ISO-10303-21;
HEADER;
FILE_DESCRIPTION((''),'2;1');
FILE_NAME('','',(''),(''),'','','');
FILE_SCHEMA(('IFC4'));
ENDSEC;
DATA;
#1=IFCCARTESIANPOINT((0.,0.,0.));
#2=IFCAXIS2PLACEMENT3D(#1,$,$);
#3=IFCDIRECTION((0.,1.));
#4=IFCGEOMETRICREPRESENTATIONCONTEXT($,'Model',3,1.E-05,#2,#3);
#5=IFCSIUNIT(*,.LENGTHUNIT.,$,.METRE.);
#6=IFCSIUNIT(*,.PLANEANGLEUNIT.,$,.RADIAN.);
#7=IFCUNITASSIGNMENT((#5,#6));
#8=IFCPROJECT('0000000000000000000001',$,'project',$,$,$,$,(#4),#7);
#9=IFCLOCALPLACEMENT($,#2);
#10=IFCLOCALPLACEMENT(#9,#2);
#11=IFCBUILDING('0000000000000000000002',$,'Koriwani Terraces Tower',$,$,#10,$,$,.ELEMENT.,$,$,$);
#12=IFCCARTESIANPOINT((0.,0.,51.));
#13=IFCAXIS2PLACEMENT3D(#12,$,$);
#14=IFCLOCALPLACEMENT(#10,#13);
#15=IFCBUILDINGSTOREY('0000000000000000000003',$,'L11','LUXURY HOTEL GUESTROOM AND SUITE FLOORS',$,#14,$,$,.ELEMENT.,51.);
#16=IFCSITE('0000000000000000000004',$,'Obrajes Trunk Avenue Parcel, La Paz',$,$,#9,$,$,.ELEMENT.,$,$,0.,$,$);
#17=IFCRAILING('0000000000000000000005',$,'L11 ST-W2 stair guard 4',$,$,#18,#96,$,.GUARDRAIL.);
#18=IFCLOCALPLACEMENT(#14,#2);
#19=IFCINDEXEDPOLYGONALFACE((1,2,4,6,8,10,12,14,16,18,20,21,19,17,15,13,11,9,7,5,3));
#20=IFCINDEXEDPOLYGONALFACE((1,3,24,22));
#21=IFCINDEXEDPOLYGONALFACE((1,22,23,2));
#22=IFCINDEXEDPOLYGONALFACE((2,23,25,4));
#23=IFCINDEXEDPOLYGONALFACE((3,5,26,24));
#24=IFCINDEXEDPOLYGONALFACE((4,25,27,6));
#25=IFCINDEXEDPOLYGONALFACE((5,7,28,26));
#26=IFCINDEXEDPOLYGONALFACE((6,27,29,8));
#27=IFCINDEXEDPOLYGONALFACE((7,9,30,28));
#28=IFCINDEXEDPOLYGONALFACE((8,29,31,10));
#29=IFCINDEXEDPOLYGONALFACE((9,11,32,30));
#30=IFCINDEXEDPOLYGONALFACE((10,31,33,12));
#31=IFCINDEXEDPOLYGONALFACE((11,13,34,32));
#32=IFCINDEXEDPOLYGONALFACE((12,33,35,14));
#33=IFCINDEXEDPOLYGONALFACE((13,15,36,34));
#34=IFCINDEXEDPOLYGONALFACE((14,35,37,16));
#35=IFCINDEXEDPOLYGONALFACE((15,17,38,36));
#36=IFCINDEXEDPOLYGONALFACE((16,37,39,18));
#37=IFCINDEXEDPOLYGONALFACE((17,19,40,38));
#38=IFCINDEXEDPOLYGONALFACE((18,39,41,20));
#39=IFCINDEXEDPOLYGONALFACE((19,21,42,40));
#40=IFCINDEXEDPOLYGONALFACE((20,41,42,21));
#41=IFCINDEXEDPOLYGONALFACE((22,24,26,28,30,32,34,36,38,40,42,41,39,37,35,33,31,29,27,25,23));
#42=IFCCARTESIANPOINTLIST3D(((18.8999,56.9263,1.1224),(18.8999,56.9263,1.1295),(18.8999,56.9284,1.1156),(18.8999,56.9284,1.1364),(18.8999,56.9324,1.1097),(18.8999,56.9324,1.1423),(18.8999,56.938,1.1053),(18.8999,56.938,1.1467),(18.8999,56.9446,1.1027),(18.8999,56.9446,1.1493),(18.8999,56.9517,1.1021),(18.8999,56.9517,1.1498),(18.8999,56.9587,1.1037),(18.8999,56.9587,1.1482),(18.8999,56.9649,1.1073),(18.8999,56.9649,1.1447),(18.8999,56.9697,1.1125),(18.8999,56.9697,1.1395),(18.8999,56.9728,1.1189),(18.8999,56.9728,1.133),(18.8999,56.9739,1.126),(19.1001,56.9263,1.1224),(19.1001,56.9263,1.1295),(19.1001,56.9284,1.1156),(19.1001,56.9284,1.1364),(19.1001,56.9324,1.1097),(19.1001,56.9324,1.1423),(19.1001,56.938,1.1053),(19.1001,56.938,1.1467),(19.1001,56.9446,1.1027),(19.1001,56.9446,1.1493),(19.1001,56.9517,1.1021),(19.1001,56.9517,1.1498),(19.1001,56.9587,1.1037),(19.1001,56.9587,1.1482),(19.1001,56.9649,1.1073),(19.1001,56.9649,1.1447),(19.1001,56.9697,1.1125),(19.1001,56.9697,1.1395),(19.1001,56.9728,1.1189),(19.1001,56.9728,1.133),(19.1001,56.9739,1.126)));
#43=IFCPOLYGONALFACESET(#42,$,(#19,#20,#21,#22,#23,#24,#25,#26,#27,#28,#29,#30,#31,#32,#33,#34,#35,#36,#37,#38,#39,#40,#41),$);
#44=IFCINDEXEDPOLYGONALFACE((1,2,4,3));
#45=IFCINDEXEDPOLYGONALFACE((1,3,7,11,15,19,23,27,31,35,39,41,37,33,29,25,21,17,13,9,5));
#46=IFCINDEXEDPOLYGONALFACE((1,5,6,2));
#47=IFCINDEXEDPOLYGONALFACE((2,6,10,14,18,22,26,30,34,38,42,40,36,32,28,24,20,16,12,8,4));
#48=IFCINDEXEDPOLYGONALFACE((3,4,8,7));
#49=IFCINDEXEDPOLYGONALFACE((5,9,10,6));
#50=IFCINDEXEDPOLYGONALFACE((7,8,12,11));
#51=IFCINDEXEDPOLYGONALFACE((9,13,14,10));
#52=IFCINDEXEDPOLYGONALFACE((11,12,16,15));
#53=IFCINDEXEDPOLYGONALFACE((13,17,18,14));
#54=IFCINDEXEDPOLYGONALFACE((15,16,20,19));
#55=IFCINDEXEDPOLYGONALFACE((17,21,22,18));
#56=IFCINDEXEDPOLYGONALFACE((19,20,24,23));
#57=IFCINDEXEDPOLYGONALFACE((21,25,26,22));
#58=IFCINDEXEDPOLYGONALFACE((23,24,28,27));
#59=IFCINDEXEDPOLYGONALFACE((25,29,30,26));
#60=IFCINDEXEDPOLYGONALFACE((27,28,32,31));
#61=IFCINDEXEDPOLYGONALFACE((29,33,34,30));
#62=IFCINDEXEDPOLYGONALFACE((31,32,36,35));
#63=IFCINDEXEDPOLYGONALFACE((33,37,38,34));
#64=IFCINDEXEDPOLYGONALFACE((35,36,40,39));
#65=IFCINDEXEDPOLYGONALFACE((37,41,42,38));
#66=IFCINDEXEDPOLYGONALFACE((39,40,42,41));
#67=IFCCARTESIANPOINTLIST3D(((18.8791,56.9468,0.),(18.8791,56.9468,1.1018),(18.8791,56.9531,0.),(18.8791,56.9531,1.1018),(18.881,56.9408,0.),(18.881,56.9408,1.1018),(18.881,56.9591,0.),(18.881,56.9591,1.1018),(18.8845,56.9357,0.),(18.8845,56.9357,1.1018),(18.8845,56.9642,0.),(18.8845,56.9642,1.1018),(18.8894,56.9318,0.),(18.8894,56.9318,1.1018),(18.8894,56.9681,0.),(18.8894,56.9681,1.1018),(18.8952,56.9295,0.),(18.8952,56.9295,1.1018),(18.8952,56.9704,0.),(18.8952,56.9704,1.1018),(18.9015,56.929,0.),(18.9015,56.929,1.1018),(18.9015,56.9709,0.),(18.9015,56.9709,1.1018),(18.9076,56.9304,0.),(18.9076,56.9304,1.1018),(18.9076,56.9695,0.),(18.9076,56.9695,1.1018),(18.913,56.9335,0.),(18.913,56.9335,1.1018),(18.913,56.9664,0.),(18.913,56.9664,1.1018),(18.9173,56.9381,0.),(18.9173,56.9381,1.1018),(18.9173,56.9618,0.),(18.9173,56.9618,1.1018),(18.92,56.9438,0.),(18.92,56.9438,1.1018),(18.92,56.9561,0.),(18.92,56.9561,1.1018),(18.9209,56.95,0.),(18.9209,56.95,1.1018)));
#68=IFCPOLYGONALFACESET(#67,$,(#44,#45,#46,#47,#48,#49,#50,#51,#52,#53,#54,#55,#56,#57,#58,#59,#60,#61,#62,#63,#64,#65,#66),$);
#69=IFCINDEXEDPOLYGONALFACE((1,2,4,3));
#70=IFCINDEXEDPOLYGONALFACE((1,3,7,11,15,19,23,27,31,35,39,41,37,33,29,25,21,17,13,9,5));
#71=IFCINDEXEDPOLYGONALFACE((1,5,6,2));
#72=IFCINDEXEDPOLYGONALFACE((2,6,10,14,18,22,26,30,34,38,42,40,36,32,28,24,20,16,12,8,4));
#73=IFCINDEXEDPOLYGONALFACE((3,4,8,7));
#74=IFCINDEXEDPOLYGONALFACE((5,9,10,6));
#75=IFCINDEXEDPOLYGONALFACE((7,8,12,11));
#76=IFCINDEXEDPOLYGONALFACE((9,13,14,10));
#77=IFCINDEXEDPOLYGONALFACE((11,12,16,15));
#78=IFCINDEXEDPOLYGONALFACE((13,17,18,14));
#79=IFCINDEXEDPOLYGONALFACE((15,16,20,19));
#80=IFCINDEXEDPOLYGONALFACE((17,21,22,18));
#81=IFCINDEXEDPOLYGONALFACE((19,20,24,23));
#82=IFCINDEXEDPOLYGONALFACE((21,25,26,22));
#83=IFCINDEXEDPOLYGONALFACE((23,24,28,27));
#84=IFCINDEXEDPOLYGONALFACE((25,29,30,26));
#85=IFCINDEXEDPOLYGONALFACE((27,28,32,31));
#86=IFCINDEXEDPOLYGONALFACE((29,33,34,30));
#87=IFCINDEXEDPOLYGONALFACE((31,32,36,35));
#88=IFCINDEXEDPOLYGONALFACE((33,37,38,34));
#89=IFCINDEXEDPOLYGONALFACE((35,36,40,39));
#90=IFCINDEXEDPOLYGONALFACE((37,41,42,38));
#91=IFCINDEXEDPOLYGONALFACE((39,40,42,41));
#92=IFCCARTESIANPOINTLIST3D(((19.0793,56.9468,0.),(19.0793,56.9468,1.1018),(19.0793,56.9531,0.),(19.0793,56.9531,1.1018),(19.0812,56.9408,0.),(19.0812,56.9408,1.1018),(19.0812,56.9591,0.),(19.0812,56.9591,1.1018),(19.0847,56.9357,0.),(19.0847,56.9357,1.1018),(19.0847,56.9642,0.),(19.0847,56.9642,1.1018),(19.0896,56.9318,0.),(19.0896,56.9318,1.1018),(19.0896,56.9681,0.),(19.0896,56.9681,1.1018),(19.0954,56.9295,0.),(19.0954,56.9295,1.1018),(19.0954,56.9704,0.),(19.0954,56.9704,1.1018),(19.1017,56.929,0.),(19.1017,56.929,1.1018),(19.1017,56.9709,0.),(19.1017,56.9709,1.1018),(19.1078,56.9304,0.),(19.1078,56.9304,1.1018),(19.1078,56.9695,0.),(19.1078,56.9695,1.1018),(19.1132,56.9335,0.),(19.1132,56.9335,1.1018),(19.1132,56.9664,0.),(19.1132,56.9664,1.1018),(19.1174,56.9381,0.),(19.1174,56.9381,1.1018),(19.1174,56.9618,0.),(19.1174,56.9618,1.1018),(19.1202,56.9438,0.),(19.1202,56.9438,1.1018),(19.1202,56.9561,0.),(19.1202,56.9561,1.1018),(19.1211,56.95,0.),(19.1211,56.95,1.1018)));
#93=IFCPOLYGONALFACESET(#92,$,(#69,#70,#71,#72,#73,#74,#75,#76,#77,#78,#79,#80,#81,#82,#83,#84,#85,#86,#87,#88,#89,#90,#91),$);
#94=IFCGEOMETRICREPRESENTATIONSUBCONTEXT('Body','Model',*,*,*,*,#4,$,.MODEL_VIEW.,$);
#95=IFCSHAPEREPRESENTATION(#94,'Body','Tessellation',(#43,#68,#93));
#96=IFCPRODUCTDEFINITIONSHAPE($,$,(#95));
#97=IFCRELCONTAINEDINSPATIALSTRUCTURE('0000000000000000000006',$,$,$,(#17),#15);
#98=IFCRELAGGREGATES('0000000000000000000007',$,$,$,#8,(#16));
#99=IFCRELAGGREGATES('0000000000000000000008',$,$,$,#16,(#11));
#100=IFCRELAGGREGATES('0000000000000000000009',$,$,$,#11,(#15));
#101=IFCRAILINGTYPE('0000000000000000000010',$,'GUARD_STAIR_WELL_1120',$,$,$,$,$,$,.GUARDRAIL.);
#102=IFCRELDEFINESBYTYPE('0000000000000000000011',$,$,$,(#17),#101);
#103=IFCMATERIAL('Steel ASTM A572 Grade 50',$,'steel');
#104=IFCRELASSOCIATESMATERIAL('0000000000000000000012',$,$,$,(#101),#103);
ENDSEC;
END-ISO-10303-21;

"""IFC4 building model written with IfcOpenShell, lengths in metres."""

from ifc_helpers import new_model, si_unit, direction, frame, origin, origin_2d, place, context, subcontext, project, spatial, circle, extrude, material, type_object, element, save


model = new_model("IFC4")

# Units and contexts
model_context = context("Model", 3, precision=1e-05, world=origin(), true_north=direction((0.0, 1.0)))
body_context = subcontext(model_context, "Body", "Model", "MODEL_VIEW")
ifc_project = project(units=[si_unit("LENGTHUNIT", "METRE"), si_unit("PLANEANGLEUNIT", "RADIAN")], contexts=[model_context])

# Site, building, storey
site_placement = place(None, origin())
site = spatial("IfcSite", under=ifc_project, at=site_placement, Name="Obrajes Trunk Avenue Parcel, La Paz", CompositionType="ELEMENT", RefElevation=0.0)
building_placement = place(site_placement, origin())
building = spatial("IfcBuilding", under=site, at=building_placement, Name="Koriwani Terraces Tower", CompositionType="ELEMENT")
storey_placement = place(building_placement, frame((0.0, 0.0, 51.0)))
storey = spatial("IfcBuildingStorey", under=building, at=storey_placement, Name="L11", Description="LUXURY HOTEL GUESTROOM AND SUITE FLOORS", CompositionType="ELEMENT", Elevation=51.0)

# Shared definitions
ifc_material_1 = material(Name="Steel ASTM A572 Grade 50", Category="steel")

# Railing
railing_type_1 = type_object("IfcRailingType", Name="GUARD_STAIR_WELL_1120", PredefinedType="GUARDRAIL", material=ifc_material_1)
railing_1_placement = place(storey_placement, frame((18.8999, 56.95, 0.0)))
element("IfcRailing", 1, at=railing_1_placement, inside=storey, type_object=railing_type_1, Name="L11 ST-W2 stair guard 4", PredefinedType="GUARDRAIL", context=body_context, shape_type="SweptSolid", body=[
    extrude(circle(Radius=0.0239, at=origin_2d()), frame((0.0, 0.0, 1.126), z_axis=(1.0, 0.0, 0.0), x_axis=(0.0, 1.0, 0.0)), (0.0, 0.0, 1.0), 0.2002),
    extrude(circle(Radius=0.021, at=origin_2d()), origin(), (0.0, 0.0, 1.0), 1.1018),
    extrude(circle(Radius=0.021, at=origin_2d()), frame((0.2002, 0.0, 0.0)), (0.0, 0.0, 1.0), 1.1018),
])

save(model, "model.ifc")
